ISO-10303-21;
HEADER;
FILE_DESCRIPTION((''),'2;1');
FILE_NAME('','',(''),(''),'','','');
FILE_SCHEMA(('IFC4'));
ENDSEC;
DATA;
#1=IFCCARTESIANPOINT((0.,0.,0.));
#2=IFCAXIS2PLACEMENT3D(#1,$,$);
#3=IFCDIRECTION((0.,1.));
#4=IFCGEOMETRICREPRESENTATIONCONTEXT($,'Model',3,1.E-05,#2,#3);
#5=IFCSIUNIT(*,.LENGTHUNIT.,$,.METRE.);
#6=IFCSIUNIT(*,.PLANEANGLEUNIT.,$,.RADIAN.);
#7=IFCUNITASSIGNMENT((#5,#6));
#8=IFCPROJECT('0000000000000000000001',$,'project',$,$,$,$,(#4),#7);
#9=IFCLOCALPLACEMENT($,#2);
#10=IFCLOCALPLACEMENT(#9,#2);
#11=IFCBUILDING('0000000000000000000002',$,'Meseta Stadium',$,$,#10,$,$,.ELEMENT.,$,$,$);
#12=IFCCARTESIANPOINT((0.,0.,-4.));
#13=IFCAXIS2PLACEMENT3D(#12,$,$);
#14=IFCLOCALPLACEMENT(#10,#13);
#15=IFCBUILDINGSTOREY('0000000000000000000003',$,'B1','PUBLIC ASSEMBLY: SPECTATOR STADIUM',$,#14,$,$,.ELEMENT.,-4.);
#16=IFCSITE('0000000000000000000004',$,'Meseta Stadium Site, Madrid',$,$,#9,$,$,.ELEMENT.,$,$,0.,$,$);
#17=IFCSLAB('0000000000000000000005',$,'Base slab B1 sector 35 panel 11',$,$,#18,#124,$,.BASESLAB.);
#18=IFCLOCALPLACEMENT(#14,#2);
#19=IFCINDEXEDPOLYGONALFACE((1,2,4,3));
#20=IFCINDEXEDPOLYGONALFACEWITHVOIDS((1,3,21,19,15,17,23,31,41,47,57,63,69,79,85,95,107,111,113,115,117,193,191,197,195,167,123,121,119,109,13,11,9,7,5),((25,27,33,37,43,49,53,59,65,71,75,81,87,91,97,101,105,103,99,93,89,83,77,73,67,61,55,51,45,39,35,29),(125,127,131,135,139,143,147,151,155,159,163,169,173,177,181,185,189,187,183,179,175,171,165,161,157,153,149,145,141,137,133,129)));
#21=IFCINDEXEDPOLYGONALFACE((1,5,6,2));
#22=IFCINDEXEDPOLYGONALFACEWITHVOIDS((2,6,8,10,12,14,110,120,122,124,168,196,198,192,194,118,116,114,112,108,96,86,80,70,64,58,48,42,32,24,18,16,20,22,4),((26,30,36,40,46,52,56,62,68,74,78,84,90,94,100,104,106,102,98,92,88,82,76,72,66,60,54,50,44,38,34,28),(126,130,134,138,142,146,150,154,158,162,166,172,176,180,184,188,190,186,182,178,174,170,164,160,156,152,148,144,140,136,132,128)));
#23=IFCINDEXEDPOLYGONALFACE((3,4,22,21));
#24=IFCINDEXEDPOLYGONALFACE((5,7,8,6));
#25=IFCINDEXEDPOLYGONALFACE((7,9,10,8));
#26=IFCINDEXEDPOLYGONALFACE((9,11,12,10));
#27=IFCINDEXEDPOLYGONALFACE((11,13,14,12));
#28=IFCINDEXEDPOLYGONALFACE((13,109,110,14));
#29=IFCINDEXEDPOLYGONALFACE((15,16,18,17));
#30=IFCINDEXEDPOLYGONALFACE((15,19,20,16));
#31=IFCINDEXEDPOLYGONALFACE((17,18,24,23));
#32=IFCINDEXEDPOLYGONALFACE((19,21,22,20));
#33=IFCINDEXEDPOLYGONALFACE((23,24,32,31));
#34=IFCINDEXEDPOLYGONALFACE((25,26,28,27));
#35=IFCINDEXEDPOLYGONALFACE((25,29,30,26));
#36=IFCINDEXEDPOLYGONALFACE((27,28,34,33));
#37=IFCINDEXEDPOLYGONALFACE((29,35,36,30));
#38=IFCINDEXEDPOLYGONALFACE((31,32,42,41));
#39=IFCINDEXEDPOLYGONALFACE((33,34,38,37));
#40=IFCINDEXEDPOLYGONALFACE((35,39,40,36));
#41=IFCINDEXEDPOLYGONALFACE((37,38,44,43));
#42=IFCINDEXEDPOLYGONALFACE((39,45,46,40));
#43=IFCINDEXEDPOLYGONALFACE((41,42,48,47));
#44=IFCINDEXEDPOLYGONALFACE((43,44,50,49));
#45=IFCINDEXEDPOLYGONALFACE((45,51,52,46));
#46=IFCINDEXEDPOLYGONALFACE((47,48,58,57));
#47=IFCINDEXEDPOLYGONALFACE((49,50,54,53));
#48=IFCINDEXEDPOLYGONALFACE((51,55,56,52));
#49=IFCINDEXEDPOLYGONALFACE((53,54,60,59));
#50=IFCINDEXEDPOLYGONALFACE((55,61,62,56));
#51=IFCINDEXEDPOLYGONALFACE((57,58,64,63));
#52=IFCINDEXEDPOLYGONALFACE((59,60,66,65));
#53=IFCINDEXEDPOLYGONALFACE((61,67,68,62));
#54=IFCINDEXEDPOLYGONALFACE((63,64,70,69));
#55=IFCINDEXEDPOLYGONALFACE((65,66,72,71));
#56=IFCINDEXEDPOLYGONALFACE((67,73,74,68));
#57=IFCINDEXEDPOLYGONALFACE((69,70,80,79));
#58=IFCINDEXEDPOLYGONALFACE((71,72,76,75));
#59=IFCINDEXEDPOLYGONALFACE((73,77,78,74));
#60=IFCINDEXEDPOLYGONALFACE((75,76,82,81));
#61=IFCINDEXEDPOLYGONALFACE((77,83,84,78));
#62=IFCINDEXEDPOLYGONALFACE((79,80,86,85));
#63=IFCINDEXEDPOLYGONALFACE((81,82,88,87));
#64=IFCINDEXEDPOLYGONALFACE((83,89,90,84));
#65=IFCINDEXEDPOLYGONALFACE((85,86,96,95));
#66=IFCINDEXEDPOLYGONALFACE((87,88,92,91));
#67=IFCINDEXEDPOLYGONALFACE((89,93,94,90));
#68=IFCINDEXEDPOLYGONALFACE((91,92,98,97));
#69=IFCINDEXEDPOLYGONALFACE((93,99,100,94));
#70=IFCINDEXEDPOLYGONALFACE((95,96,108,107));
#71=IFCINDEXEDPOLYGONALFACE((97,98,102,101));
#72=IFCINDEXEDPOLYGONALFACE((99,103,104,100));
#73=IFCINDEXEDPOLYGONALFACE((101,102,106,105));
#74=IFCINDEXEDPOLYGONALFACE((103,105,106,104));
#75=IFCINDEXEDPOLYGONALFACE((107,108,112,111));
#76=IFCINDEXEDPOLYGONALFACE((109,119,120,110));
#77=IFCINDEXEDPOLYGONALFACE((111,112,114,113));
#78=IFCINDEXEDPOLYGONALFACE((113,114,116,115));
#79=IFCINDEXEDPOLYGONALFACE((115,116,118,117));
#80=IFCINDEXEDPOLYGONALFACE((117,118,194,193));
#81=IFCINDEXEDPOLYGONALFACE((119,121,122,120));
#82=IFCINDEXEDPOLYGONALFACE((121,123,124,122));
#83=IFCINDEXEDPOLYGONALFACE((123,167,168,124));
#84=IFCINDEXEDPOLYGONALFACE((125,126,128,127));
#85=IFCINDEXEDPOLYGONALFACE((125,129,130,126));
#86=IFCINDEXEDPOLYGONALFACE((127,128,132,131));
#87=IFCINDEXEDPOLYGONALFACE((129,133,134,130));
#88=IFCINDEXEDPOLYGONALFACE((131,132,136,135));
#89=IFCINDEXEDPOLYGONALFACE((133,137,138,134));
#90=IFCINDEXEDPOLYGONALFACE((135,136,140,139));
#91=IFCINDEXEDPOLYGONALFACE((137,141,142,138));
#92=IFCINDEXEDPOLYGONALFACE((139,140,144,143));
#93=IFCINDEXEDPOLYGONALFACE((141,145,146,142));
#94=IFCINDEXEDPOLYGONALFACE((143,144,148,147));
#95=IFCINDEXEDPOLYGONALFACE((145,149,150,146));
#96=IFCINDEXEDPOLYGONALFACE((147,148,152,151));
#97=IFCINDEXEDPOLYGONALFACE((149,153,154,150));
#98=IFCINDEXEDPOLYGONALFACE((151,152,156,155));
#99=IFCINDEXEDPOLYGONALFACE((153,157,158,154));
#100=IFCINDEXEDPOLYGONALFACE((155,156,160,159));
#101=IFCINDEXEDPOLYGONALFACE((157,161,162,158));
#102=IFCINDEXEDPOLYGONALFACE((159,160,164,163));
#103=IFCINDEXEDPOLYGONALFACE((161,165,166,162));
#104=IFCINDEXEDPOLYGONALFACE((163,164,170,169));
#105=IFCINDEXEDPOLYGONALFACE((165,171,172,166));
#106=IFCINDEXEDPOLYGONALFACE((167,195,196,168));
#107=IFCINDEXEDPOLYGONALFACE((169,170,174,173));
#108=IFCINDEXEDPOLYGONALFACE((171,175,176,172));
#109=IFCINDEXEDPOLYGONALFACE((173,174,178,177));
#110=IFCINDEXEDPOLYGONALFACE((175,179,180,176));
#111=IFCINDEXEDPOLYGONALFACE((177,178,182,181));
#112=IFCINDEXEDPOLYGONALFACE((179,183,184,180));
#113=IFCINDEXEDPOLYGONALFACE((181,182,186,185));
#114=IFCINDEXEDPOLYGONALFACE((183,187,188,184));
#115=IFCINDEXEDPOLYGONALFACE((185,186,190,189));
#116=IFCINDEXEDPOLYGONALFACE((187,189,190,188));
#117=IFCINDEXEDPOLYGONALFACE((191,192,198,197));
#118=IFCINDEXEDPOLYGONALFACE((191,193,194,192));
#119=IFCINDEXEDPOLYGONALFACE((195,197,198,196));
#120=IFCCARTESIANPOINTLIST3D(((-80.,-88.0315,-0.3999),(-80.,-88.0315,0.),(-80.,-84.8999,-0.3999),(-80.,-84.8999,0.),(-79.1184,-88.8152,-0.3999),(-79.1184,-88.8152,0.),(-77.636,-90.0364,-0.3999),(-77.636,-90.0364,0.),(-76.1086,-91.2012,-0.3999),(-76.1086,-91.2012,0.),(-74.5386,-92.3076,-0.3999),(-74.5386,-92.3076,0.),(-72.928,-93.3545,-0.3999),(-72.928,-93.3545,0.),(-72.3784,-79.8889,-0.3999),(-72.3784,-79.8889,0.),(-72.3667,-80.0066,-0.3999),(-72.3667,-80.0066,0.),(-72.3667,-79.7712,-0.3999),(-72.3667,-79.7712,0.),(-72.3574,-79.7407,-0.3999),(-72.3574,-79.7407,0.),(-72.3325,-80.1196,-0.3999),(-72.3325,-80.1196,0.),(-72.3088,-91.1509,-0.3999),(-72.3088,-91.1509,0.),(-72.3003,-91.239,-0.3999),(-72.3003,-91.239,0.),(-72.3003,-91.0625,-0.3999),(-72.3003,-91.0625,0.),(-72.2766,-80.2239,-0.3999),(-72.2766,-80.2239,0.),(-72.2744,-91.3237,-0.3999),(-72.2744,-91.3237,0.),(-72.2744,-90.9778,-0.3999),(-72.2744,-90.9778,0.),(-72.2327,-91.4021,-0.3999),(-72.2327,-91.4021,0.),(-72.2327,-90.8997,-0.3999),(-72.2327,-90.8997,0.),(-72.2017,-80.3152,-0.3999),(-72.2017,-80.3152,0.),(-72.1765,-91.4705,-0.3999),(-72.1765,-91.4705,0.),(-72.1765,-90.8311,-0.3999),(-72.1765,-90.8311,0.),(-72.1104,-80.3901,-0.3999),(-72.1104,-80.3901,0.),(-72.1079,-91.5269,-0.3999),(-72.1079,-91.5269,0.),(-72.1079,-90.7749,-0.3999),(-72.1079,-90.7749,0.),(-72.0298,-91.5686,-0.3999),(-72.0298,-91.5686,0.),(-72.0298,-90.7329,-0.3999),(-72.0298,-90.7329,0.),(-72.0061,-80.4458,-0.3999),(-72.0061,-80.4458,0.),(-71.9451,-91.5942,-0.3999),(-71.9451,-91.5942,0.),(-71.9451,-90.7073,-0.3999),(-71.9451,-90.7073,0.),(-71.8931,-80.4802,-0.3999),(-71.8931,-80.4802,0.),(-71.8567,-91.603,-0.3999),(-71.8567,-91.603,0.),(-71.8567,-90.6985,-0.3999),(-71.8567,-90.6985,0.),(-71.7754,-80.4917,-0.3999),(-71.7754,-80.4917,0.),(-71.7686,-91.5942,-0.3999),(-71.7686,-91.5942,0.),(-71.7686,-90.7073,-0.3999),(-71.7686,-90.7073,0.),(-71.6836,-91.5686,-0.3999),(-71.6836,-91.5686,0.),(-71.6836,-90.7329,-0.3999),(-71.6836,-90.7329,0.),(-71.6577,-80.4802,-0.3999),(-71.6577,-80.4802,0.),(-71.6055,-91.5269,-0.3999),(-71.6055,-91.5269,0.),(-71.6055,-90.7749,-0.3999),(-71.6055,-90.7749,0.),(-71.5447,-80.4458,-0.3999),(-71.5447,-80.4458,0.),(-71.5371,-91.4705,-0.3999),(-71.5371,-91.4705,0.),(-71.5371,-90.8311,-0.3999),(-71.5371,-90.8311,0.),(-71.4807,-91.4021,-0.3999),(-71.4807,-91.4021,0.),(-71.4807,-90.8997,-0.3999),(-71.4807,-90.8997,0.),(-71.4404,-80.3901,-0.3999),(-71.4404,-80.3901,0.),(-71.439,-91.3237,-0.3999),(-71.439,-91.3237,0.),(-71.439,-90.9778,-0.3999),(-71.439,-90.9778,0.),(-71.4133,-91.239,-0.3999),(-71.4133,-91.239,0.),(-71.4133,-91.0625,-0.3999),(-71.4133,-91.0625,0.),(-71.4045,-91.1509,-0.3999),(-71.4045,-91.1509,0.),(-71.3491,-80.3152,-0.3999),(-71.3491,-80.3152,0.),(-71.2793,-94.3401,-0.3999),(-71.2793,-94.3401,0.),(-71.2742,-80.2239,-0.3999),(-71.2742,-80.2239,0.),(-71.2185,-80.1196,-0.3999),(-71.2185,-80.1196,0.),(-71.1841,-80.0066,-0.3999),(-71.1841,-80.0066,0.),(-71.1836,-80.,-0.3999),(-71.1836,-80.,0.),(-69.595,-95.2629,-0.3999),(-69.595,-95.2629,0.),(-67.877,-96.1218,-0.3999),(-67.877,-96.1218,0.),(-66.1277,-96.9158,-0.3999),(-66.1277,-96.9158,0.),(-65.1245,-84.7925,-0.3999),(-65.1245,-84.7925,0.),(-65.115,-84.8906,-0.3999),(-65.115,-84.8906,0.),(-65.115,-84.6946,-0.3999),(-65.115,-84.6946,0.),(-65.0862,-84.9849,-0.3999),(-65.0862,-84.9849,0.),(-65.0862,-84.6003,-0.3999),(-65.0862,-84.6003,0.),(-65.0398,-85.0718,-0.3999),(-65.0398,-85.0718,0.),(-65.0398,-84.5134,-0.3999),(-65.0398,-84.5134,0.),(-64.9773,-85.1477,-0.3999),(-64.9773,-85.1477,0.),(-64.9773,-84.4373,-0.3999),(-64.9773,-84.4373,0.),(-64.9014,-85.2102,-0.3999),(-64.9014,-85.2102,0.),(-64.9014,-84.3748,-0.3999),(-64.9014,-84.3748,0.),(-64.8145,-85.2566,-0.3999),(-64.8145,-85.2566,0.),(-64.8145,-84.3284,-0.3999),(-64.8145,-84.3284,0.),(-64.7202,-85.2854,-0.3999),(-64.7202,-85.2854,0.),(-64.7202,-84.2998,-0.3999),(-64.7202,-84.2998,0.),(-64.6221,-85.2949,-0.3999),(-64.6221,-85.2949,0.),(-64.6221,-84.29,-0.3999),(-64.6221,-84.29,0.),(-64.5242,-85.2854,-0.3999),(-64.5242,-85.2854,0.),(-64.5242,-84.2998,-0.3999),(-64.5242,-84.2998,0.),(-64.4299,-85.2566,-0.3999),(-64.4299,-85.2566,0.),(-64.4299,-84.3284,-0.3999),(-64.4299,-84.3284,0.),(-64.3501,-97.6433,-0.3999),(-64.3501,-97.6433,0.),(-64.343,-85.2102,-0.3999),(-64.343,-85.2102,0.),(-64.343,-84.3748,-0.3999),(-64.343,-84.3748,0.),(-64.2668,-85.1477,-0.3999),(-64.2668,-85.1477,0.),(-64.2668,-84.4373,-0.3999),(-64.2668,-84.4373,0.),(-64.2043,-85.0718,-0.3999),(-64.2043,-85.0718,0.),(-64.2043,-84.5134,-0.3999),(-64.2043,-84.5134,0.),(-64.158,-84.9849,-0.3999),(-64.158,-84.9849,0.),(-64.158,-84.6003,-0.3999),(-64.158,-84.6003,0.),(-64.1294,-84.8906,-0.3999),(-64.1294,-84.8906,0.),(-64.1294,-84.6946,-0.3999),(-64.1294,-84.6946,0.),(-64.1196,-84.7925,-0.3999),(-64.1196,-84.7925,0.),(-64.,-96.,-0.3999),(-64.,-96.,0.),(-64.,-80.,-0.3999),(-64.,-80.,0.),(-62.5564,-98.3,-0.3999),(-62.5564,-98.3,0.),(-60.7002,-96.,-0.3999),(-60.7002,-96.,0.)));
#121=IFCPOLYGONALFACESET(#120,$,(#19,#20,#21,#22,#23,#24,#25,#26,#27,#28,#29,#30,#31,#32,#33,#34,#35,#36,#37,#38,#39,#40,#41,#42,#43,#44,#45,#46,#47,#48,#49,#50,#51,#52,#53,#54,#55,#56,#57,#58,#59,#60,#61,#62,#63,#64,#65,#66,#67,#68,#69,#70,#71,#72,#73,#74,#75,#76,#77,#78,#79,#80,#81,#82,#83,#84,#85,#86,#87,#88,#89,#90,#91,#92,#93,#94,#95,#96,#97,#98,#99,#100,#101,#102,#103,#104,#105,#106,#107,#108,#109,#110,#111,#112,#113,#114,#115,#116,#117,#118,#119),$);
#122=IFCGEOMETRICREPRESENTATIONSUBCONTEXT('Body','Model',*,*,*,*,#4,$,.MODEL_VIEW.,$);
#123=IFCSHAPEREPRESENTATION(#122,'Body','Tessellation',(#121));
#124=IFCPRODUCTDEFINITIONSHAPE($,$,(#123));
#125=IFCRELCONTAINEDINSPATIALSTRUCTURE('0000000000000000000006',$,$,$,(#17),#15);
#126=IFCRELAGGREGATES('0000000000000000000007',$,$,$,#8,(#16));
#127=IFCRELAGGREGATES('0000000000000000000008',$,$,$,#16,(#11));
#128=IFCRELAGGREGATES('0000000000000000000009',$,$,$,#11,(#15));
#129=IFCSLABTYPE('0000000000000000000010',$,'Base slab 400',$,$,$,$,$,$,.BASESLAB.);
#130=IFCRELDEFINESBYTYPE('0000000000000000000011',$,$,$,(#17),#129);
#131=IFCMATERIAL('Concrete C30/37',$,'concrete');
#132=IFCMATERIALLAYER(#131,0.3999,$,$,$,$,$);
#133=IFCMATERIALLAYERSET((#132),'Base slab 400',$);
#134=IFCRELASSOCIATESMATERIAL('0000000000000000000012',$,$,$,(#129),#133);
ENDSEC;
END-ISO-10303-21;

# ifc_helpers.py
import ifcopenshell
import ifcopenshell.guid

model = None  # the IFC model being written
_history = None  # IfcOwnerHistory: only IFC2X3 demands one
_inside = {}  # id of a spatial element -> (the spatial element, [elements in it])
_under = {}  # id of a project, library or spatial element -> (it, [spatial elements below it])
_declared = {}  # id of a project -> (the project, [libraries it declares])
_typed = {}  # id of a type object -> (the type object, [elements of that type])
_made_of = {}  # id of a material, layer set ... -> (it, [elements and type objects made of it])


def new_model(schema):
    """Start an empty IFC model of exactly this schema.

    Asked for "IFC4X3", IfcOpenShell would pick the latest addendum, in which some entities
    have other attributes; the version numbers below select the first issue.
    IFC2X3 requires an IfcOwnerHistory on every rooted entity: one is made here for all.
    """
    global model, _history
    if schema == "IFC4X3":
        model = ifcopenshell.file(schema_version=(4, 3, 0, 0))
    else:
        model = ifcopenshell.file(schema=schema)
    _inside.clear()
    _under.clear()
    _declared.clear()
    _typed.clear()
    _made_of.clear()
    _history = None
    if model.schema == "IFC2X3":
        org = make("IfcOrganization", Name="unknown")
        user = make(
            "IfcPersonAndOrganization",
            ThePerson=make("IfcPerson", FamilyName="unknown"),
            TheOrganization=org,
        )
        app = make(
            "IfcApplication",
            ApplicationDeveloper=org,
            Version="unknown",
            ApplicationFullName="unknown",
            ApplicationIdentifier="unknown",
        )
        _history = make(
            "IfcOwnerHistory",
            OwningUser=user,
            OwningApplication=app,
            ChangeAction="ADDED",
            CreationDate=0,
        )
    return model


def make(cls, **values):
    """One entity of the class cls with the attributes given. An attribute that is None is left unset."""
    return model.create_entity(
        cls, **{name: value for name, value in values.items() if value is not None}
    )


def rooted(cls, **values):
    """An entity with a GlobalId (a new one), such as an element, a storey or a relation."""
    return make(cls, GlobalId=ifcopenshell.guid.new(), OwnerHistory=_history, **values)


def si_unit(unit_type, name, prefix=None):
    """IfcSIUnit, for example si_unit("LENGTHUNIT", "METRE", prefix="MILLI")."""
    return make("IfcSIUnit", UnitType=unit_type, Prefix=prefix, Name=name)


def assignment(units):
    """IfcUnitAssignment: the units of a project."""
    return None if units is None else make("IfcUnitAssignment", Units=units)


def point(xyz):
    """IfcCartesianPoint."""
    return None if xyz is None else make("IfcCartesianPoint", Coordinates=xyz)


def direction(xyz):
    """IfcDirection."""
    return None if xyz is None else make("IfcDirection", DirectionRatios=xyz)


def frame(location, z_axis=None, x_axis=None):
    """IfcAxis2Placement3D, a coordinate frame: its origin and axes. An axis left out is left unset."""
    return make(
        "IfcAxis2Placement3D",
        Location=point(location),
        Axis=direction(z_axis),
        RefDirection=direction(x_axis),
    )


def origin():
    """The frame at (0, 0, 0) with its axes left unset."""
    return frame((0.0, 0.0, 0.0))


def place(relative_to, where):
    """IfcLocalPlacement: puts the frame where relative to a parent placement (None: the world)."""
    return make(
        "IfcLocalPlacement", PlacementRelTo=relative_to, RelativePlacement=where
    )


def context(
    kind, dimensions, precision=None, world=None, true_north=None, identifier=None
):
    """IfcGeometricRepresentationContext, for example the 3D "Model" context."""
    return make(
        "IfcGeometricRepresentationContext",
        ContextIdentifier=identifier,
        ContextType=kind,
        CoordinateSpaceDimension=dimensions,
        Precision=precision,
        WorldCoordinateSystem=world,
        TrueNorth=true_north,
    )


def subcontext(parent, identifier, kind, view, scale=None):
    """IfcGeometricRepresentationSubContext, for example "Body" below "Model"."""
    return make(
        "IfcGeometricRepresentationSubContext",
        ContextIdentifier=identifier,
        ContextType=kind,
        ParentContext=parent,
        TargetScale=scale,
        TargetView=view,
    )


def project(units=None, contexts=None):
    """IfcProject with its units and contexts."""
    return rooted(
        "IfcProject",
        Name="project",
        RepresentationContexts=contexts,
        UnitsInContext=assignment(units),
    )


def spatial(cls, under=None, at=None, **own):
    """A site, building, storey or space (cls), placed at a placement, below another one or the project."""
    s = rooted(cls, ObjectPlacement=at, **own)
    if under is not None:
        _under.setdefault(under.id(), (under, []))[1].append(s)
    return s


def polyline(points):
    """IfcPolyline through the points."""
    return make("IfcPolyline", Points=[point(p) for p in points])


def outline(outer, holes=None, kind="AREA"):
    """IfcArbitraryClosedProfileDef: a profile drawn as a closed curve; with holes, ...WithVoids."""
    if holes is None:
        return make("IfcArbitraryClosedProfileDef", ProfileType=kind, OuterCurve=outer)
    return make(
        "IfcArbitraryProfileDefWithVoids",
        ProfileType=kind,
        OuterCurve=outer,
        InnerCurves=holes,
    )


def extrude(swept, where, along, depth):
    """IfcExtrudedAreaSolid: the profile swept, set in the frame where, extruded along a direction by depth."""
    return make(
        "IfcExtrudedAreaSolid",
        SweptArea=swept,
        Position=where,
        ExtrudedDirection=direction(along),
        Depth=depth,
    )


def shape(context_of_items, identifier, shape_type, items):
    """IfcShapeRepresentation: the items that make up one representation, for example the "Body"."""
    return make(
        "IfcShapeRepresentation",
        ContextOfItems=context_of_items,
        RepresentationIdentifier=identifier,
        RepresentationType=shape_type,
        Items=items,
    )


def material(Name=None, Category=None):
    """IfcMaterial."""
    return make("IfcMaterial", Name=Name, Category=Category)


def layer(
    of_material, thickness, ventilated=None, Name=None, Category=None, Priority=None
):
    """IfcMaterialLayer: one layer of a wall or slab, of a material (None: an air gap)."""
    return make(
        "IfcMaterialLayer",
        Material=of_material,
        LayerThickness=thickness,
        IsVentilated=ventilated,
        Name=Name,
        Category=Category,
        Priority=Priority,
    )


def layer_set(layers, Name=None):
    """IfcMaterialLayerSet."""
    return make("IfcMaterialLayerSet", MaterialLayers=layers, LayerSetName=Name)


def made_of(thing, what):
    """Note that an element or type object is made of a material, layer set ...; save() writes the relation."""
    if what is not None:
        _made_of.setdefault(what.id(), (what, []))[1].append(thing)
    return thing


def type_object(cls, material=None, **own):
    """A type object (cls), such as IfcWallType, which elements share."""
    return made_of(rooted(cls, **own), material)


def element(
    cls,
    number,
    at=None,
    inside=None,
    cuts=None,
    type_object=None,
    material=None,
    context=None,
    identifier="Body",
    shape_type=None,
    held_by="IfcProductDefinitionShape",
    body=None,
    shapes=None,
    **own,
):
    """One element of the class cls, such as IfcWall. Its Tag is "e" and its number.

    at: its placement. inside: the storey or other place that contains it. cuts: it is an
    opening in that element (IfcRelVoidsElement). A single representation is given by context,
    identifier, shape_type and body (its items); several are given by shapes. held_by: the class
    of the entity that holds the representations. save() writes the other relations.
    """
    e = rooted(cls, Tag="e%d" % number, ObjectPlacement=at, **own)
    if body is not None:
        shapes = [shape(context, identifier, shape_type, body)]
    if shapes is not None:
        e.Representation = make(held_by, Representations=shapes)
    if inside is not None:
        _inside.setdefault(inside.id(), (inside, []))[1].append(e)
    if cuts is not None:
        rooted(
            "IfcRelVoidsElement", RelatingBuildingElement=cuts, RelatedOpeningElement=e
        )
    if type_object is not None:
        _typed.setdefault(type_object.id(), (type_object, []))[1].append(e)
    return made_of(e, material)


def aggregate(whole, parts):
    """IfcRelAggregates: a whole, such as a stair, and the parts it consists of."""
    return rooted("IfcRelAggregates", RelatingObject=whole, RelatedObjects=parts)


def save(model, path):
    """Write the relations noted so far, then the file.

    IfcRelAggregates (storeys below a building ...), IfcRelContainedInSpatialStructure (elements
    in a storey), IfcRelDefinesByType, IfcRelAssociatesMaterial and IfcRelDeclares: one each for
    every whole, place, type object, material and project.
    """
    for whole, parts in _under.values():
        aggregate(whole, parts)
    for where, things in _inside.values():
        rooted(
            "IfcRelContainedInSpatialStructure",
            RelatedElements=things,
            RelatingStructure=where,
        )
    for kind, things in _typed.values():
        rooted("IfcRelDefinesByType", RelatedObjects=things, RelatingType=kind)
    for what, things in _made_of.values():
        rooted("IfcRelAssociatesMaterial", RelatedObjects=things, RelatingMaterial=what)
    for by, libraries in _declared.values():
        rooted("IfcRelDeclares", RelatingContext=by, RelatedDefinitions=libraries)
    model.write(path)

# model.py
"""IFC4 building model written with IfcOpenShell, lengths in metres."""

from ifc_helpers import new_model, si_unit, direction, frame, origin, place, context, subcontext, project, spatial, polyline, outline, extrude, material, layer, layer_set, type_object, element, save


model = new_model("IFC4")

# Units and contexts
model_context = context("Model", 3, precision=1e-05, world=origin(), true_north=direction((0.0, 1.0)))
body_context = subcontext(model_context, "Body", "Model", "MODEL_VIEW")
ifc_project = project(units=[si_unit("LENGTHUNIT", "METRE"), si_unit("PLANEANGLEUNIT", "RADIAN")], contexts=[model_context])

# Site, building, storey
site_placement = place(None, origin())
site = spatial("IfcSite", under=ifc_project, at=site_placement, Name="Meseta Stadium Site, Madrid", CompositionType="ELEMENT", RefElevation=0.0)
building_placement = place(site_placement, origin())
building = spatial("IfcBuilding", under=site, at=building_placement, Name="Meseta Stadium", CompositionType="ELEMENT")
storey_placement = place(building_placement, frame((0.0, 0.0, -4.0)))
storey = spatial("IfcBuildingStorey", under=building, at=storey_placement, Name="B1", Description="PUBLIC ASSEMBLY: SPECTATOR STADIUM", CompositionType="ELEMENT", Elevation=-4.0)

# Slab
ifc_material = material(Name="Concrete C30/37", Category="concrete")
ifc_layer = layer(ifc_material, 0.3999)
ifc_layer_set = layer_set([ifc_layer], Name="Base slab 400")
slab_type = type_object("IfcSlabType", Name="Base slab 400", PredefinedType="BASESLAB", material=ifc_layer_set)
slab_1_placement = place(storey_placement, frame((0.0, 0.0, -0.3999)))
element("IfcSlab", 1, at=slab_1_placement, inside=storey, type_object=slab_type, Name="Base slab B1 sector 35 panel 11", PredefinedType="BASESLAB", context=body_context, shape_type="SweptSolid", body=[
    extrude(outline(polyline([(-71.8931, -80.4802), (-72.0061, -80.4458), (-72.1104, -80.3901), (-72.2017, -80.3152), (-72.2766, -80.2239), (-72.3325, -80.1196), (-72.3667, -80.0066), (-72.3784, -79.8889), (-72.3667, -79.7712), (-72.3574, -79.7407), (-80.0, -84.8999), (-80.0, -88.0315), (-79.1184, -88.8152), (-77.636, -90.0364), (-76.1086, -91.2012), (-74.5386, -92.3076), (-72.928, -93.3545), (-71.2793, -94.3401), (-69.595, -95.2629), (-67.877, -96.1218), (-66.1277, -96.9158), (-64.3501, -97.6433), (-62.5564, -98.3), (-60.7002, -96.0), (-64.0, -96.0), (-64.0, -80.0), (-71.1836, -80.0), (-71.1841, -80.0066), (-71.2185, -80.1196), (-71.2742, -80.2239), (-71.3491, -80.3152), (-71.4404, -80.3901), (-71.5447, -80.4458), (-71.6577, -80.4802), (-71.7754, -80.4917), (-71.8931, -80.4802)]), holes=[polyline([(-71.439, -90.9778), (-71.4133, -91.0625), (-71.4045, -91.1509), (-71.4133, -91.239), (-71.439, -91.3237), (-71.4807, -91.4021), (-71.5371, -91.4705), (-71.6055, -91.5269), (-71.6836, -91.5686), (-71.7686, -91.5942), (-71.8567, -91.603), (-71.9451, -91.5942), (-72.0298, -91.5686), (-72.1079, -91.5269), (-72.1765, -91.4705), (-72.2327, -91.4021), (-72.2744, -91.3237), (-72.3003, -91.239), (-72.3088, -91.1509), (-72.3003, -91.0625), (-72.2744, -90.9778), (-72.2327, -90.8997), (-72.1765, -90.8311), (-72.1079, -90.7749), (-72.0298, -90.7329), (-71.9451, -90.7073), (-71.8567, -90.6985), (-71.7686, -90.7073), (-71.6836, -90.7329), (-71.6055, -90.7749), (-71.5371, -90.8311), (-71.4807, -90.8997), (-71.439, -90.9778)]), polyline([(-64.158, -84.6003), (-64.1294, -84.6946), (-64.1196, -84.7925), (-64.1294, -84.8906), (-64.158, -84.9849), (-64.2043, -85.0718), (-64.2668, -85.1477), (-64.343, -85.2102), (-64.4299, -85.2566), (-64.5242, -85.2854), (-64.6221, -85.2949), (-64.7202, -85.2854), (-64.8145, -85.2566), (-64.9014, -85.2102), (-64.9773, -85.1477), (-65.0398, -85.0718), (-65.0862, -84.9849), (-65.115, -84.8906), (-65.1245, -84.7925), (-65.115, -84.6946), (-65.0862, -84.6003), (-65.0398, -84.5134), (-64.9773, -84.4373), (-64.9014, -84.3748), (-64.8145, -84.3284), (-64.7202, -84.2998), (-64.6221, -84.29), (-64.5242, -84.2998), (-64.4299, -84.3284), (-64.343, -84.3748), (-64.2668, -84.4373), (-64.2043, -84.5134), (-64.158, -84.6003)])]), origin(), (0.0, 0.0, 1.0), 0.3999),
])

save(model, "model.ifc")
